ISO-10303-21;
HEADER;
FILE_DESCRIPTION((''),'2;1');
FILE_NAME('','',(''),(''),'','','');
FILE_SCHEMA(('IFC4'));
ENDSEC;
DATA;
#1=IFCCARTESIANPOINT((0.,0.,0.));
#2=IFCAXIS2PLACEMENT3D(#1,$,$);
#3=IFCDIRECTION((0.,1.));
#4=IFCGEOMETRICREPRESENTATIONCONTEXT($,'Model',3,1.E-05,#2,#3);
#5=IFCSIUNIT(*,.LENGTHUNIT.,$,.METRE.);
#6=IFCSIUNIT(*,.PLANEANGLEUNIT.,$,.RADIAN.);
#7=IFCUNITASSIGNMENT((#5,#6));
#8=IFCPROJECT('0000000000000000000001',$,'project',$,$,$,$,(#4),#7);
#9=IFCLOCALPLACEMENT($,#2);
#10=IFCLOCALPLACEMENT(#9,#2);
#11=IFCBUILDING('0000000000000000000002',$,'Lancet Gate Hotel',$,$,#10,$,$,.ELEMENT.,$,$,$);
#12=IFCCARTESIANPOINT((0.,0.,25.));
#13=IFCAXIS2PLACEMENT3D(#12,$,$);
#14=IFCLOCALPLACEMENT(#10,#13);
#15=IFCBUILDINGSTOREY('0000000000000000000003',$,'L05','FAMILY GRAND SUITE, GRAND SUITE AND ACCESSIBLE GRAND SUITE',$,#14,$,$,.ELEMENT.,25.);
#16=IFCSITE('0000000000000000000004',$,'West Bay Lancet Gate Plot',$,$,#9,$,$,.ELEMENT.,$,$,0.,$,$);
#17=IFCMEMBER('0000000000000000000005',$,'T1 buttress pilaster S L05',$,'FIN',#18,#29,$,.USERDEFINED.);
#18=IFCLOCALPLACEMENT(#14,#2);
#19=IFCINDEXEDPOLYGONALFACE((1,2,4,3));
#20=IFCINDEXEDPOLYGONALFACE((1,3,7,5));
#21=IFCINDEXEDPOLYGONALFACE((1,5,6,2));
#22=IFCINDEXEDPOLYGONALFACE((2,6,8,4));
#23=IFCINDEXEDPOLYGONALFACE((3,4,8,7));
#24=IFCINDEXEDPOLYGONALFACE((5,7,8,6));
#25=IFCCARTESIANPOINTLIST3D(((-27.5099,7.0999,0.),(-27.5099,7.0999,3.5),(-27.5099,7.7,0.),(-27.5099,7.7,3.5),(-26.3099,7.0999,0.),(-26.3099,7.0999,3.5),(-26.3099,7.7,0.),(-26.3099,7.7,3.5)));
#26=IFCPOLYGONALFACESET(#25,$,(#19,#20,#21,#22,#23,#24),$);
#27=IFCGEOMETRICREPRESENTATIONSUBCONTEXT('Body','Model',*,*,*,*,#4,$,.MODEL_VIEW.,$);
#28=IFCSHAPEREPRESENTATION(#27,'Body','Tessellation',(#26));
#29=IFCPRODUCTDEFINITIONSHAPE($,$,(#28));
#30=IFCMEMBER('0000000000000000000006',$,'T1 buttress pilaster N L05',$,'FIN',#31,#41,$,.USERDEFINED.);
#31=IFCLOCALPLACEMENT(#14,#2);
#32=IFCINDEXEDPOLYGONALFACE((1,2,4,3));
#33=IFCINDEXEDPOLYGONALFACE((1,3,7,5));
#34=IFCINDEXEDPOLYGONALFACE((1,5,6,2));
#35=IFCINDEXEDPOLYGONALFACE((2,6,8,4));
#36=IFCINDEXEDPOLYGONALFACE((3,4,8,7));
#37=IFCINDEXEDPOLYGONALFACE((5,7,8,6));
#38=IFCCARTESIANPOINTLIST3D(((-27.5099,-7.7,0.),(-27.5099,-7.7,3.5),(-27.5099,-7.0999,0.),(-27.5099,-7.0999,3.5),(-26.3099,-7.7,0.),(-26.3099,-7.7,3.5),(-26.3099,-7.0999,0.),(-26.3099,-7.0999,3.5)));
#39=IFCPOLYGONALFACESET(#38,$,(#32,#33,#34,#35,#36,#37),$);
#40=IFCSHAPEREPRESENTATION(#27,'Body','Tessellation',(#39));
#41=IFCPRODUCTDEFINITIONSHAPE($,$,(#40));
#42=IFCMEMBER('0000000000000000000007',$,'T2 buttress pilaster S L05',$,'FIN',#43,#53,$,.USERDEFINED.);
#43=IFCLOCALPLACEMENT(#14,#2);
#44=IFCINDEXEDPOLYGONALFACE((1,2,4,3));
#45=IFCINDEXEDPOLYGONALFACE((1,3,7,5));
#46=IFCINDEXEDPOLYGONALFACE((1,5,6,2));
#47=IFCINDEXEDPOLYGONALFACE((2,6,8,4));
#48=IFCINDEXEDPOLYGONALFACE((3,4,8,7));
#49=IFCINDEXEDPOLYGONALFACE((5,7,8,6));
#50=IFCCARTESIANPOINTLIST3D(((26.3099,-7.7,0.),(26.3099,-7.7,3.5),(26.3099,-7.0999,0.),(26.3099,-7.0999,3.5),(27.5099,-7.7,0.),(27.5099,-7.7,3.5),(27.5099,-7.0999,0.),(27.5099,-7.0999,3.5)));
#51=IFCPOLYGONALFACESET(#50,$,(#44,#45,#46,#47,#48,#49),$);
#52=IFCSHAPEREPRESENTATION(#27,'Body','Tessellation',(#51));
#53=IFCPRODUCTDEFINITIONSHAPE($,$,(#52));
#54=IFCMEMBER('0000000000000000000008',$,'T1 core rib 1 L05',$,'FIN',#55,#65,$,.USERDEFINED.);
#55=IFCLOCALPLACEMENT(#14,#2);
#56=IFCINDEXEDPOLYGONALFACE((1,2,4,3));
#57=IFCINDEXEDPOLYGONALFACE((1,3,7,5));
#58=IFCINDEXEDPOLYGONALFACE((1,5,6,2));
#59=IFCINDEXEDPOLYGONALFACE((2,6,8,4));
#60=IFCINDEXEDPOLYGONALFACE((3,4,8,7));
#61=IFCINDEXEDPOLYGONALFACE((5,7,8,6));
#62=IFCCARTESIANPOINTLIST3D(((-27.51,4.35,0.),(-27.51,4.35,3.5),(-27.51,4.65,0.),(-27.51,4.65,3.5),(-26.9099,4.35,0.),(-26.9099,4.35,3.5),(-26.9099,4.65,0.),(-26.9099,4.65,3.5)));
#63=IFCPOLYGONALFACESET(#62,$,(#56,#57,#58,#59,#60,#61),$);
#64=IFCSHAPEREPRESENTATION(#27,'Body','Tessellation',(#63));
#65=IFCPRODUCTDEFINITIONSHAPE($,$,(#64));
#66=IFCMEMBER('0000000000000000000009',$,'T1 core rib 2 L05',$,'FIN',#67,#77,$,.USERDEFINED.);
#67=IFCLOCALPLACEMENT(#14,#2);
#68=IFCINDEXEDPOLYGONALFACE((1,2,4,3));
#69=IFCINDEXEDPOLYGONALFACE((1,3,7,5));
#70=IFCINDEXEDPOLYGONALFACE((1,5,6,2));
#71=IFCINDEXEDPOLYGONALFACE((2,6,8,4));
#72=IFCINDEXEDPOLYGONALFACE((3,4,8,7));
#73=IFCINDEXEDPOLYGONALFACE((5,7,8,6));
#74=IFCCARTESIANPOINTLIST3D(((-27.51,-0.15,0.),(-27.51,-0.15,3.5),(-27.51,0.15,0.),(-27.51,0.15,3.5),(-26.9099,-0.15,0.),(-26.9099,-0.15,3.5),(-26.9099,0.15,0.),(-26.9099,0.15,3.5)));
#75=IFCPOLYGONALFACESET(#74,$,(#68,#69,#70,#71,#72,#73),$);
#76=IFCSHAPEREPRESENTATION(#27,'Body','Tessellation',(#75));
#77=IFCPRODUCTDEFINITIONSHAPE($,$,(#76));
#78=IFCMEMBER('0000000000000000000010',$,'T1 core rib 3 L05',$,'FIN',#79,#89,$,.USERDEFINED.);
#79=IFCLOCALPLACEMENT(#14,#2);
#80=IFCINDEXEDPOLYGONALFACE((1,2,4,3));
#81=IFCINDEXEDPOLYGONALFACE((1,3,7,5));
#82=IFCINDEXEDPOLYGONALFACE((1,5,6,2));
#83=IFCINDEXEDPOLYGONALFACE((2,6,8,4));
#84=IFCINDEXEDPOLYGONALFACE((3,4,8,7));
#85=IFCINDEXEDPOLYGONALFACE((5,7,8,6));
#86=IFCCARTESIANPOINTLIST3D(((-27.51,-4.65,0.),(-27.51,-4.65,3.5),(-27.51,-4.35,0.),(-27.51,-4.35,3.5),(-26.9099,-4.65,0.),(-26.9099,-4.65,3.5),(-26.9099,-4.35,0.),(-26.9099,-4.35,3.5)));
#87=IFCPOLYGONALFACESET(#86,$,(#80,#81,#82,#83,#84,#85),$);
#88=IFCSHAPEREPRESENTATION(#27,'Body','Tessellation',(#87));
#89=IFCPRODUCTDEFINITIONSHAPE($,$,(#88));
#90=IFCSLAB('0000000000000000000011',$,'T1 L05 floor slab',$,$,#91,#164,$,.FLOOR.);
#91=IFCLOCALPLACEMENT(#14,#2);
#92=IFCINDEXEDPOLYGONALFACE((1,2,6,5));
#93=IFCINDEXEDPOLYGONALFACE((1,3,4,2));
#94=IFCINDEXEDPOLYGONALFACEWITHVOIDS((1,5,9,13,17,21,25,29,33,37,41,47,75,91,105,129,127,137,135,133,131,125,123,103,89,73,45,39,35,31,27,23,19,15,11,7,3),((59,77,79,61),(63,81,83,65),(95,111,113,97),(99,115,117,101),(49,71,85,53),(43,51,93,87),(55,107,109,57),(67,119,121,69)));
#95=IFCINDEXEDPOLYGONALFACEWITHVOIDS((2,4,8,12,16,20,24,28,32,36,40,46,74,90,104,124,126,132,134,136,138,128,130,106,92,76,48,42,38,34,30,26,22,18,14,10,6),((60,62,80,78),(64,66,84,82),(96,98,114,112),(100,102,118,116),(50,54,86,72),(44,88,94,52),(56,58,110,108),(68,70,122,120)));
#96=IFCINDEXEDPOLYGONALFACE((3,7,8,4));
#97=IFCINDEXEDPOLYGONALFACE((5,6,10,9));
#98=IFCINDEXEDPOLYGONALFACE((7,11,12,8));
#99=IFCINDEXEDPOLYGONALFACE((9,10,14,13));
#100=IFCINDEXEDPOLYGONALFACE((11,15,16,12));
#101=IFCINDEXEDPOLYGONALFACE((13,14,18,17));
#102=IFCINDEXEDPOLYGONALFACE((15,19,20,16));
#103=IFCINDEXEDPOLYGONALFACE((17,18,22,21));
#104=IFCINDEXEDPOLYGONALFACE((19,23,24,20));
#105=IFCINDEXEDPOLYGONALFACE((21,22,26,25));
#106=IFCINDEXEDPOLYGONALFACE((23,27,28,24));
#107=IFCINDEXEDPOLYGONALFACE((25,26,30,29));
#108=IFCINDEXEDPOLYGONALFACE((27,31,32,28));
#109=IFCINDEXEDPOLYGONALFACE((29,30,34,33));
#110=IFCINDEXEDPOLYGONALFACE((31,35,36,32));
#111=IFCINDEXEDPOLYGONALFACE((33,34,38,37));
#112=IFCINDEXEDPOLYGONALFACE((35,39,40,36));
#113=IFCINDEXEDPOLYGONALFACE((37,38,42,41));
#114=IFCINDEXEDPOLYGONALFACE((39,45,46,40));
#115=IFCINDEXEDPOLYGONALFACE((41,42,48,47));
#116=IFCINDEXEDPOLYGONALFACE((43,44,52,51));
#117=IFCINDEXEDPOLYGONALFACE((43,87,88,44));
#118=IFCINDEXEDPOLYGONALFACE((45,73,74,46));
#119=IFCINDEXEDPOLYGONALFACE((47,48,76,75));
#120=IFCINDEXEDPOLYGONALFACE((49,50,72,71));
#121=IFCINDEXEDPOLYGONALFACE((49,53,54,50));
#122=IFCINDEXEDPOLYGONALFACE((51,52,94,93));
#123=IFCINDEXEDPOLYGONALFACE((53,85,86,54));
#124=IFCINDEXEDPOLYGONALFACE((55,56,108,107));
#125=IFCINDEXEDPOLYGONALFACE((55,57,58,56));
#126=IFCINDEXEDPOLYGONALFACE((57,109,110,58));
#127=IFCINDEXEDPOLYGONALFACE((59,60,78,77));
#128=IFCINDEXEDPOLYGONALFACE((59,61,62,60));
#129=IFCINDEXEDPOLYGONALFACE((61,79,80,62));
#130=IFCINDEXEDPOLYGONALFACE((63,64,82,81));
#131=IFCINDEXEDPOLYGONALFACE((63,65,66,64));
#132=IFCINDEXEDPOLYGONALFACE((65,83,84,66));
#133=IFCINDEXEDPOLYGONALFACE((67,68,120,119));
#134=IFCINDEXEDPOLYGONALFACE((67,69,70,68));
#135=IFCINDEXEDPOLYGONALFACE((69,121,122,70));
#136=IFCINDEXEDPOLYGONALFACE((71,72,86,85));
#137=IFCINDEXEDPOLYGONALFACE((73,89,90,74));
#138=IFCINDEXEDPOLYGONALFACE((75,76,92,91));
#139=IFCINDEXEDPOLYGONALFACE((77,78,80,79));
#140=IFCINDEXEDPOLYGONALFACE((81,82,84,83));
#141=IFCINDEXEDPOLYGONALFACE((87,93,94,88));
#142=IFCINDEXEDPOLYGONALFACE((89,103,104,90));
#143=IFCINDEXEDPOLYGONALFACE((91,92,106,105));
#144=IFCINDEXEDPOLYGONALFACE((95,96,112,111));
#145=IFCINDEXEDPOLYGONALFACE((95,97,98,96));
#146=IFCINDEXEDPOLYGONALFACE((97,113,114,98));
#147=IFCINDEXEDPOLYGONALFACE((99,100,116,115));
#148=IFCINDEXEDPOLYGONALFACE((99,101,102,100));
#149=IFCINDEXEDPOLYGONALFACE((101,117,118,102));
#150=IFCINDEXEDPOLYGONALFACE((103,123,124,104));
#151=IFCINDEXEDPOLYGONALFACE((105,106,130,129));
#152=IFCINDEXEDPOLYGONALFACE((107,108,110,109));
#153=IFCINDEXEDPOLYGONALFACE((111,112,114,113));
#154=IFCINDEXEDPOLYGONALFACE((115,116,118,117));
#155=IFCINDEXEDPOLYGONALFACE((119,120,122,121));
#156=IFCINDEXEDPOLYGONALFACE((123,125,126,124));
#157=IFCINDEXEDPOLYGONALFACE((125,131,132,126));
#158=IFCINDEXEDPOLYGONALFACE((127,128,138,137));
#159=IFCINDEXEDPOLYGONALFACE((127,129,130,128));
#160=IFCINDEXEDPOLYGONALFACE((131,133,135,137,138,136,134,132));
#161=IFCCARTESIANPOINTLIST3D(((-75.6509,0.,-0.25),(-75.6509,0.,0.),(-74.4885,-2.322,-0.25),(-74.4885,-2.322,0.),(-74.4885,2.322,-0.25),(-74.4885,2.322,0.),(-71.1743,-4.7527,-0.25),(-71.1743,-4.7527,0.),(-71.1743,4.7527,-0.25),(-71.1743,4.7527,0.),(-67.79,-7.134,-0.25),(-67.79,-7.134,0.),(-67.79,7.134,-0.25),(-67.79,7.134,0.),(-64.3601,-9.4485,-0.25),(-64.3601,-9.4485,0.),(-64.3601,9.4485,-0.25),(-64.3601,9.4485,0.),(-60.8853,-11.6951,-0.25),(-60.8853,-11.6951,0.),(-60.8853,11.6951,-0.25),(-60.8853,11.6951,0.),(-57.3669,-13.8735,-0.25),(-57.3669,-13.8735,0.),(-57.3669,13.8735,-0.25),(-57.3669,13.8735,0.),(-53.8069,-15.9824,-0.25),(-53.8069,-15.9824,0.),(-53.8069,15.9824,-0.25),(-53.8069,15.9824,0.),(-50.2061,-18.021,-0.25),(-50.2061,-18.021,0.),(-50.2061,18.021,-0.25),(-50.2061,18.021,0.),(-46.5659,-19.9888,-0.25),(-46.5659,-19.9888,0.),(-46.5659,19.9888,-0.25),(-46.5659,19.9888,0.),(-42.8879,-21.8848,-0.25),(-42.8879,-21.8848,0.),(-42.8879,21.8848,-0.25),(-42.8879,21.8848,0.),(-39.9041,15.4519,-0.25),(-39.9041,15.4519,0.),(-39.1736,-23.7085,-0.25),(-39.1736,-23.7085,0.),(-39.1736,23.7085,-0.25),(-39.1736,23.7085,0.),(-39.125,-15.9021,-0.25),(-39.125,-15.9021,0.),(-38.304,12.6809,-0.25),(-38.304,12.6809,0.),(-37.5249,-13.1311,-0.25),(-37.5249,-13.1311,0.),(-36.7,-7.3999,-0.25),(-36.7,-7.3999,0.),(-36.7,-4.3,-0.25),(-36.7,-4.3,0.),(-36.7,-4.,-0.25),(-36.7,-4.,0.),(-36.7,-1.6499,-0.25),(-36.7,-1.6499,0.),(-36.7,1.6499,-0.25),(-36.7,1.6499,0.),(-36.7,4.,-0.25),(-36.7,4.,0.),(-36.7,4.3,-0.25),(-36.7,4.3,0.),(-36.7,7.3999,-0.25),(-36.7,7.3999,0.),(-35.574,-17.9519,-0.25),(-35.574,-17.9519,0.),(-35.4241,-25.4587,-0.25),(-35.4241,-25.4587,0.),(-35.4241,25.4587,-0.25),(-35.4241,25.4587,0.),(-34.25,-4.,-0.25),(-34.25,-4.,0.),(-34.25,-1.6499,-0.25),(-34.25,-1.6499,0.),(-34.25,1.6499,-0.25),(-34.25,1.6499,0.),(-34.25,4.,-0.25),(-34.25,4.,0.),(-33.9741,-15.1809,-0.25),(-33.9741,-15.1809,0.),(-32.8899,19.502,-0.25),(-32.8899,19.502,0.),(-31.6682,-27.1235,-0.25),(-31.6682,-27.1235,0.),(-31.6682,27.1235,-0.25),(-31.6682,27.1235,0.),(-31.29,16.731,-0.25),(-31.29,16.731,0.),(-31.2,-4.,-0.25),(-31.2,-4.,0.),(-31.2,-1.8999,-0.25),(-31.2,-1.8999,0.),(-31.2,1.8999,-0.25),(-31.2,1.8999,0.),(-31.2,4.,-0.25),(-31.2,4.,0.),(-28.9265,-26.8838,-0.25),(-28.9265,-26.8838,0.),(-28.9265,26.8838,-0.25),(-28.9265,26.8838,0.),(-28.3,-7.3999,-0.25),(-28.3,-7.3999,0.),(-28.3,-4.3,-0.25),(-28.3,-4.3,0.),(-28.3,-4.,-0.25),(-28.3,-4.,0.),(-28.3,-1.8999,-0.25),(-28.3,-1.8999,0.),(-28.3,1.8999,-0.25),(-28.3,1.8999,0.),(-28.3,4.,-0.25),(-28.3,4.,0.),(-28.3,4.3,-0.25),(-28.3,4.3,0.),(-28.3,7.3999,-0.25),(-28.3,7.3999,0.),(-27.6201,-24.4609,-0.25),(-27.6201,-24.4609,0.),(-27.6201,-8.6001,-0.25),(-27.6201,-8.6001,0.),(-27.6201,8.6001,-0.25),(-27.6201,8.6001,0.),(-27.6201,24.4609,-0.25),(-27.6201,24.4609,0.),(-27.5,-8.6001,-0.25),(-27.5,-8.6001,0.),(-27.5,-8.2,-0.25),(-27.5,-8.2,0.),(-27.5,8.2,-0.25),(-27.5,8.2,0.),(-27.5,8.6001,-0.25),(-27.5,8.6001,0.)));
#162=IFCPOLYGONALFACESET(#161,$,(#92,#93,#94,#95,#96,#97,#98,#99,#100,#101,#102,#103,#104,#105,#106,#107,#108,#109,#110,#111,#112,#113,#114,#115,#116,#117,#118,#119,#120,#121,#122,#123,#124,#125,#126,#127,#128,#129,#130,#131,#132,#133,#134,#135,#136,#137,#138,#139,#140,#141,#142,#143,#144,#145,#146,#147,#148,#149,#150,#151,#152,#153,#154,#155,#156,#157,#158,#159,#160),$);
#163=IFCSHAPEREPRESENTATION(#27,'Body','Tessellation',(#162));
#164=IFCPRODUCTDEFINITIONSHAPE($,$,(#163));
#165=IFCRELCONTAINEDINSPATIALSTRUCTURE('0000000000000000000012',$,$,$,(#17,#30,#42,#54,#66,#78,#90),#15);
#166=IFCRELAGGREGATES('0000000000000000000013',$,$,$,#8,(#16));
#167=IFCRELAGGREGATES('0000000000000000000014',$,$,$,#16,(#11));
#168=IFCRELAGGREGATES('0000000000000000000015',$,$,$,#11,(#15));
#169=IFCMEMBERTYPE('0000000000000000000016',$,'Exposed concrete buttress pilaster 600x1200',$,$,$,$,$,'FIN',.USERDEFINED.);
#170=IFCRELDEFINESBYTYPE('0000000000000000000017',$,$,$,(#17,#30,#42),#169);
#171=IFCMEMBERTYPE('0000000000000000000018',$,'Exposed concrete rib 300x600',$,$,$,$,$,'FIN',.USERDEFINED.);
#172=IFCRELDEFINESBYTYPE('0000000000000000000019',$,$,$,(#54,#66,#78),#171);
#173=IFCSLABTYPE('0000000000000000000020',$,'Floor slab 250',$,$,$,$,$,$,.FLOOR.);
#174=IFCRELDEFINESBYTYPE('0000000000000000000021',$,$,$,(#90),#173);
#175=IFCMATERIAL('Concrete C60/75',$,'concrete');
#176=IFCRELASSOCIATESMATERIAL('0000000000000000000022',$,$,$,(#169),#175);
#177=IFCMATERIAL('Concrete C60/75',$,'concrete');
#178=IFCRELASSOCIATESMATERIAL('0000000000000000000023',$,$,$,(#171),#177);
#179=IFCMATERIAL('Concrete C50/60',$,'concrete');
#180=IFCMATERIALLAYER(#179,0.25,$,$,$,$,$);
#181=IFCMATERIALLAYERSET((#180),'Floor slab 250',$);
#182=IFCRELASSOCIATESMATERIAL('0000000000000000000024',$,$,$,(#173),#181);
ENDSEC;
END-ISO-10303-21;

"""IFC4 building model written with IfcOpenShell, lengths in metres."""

from ifc_helpers import new_model, si_unit, direction, frame, origin, origin_2d, place, context, subcontext, project, spatial, polyline, rectangle, outline, extrude, material, layer, layer_set, material_profile, profile_set, type_object, element, save


model = new_model("IFC4")

# Units and contexts
model_context = context("Model", 3, precision=1e-05, world=origin(), true_north=direction((0.0, 1.0)))
body_context = subcontext(model_context, "Body", "Model", "MODEL_VIEW")
ifc_project = project(units=[si_unit("LENGTHUNIT", "METRE"), si_unit("PLANEANGLEUNIT", "RADIAN")], contexts=[model_context])

# Site, building, storey
site_placement = place(None, origin())
site = spatial("IfcSite", under=ifc_project, at=site_placement, Name="West Bay Lancet Gate Plot", CompositionType="ELEMENT", RefElevation=0.0)
building_placement = place(site_placement, origin())
building = spatial("IfcBuilding", under=site, at=building_placement, Name="Lancet Gate Hotel", CompositionType="ELEMENT")
storey_placement = place(building_placement, frame((0.0, 0.0, 25.0)))
storey = spatial("IfcBuildingStorey", under=building, at=storey_placement, Name="L05", Description="FAMILY GRAND SUITE, GRAND SUITE AND ACCESSIBLE GRAND SUITE", CompositionType="ELEMENT", Elevation=25.0)

# Members
ifc_material_1 = material(Name="Concrete C60/75", Category="concrete")
ifc_material_profile_1 = material_profile(ifc_material_1, rectangle(XDim=0.6001, YDim=1.2, at=origin_2d()), Name="FIN 600x1200")
ifc_profile_set_1 = profile_set([ifc_material_profile_1], Name="Concrete C60/75")
member_type_1 = type_object("IfcMemberType", Name="Exposed concrete buttress pilaster 600x1200", ElementType="FIN", PredefinedType="USERDEFINED", material=ifc_profile_set_1)
for number, where, z_axis, x_axis, name in (
    (1, (-26.9099, 7.3999, 0.0), (0.0, 0.0, 1.0), (0.0, 1.0, 0.0), "T1 buttress pilaster S L05"),
    (2, (-26.9099, -7.3999, 0.0), (0.0, 0.0, 1.0), (0.0, 1.0, 0.0), "T1 buttress pilaster N L05"),
    (3, (26.9099, -7.3999, 0.0), (0.0, 0.0, 1.0), (0.0, 1.0, 0.0), "T2 buttress pilaster S L05"),
):
    element("IfcMember", number, at=place(storey_placement, frame(where, z_axis=z_axis, x_axis=x_axis)), inside=storey, type_object=member_type_1, Name=name, ObjectType="FIN", PredefinedType="USERDEFINED", context=body_context, shape_type="SweptSolid", body=[
        extrude(rectangle(XDim=0.6001, YDim=1.2, at=origin_2d()), origin(), (0.0, 0.0, 1.0), 3.5),
    ])
ifc_material_2 = material(Name="Concrete C60/75", Category="concrete")
ifc_material_profile_2 = material_profile(ifc_material_2, rectangle(XDim=0.3, YDim=0.6001, at=origin_2d()), Name="FIN 300x600")
ifc_profile_set_2 = profile_set([ifc_material_profile_2], Name="Concrete C60/75")
member_type_2 = type_object("IfcMemberType", Name="Exposed concrete rib 300x600", ElementType="FIN", PredefinedType="USERDEFINED", material=ifc_profile_set_2)
for number, where, z_axis, x_axis, name in (
    (4, (-27.21, 4.5, 0.0), (0.0, 0.0, 1.0), (0.0, 1.0, 0.0), "T1 core rib 1 L05"),
    (5, (-27.21, 0.0, 0.0), (0.0, 0.0, 1.0), (0.0, 1.0, 0.0), "T1 core rib 2 L05"),
    (6, (-27.21, -4.5, 0.0), (0.0, 0.0, 1.0), (0.0, 1.0, 0.0), "T1 core rib 3 L05"),
):
    element("IfcMember", number, at=place(storey_placement, frame(where, z_axis=z_axis, x_axis=x_axis)), inside=storey, type_object=member_type_2, Name=name, ObjectType="FIN", PredefinedType="USERDEFINED", context=body_context, shape_type="SweptSolid", body=[
        extrude(rectangle(XDim=0.3, YDim=0.6001, at=origin_2d()), origin(), (0.0, 0.0, 1.0), 3.5),
    ])

# Slab
ifc_material_3 = material(Name="Concrete C50/60", Category="concrete")
ifc_layer_1 = layer(ifc_material_3, 0.25)
ifc_layer_set_1 = layer_set([ifc_layer_1], Name="Floor slab 250")
slab_type_1 = type_object("IfcSlabType", Name="Floor slab 250", PredefinedType="FLOOR", material=ifc_layer_set_1)
slab_1_placement = place(storey_placement, frame((0.0, 0.0, -0.25)))
element("IfcSlab", 7, at=slab_1_placement, inside=storey, type_object=slab_type_1, Name="T1 L05 floor slab", PredefinedType="FLOOR", context=body_context, shape_type="SweptSolid", body=[
    extrude(outline(polyline([(-27.5, 8.6001), (-27.6201, 8.6001), (-27.6201, 24.4609), (-28.9265, 26.8838), (-31.6682, 27.1235), (-35.4241, 25.4587), (-39.1736, 23.7085), (-42.8879, 21.8848), (-46.5659, 19.9888), (-50.2061, 18.021), (-53.8069, 15.9824), (-57.3669, 13.8735), (-60.8853, 11.6951), (-64.3601, 9.4485), (-67.79, 7.134), (-71.1743, 4.7527), (-74.4885, 2.322), (-75.6509, 0.0), (-74.4885, -2.322), (-71.1743, -4.7527), (-67.79, -7.134), (-64.3601, -9.4485), (-60.8853, -11.6951), (-57.3669, -13.8735), (-53.8069, -15.9824), (-50.2061, -18.021), (-46.5659, -19.9888), (-42.8879, -21.8848), (-39.1736, -23.7085), (-35.4241, -25.4587), (-31.6682, -27.1235), (-28.9265, -26.8838), (-27.6201, -24.4609), (-27.6201, -8.6001), (-27.5, -8.6001), (-27.5, -8.2), (-27.5, 8.2), (-27.5, 8.6001)]), holes=[polyline([(-36.7, 7.3999), (-36.7, 4.3), (-28.3, 4.3), (-28.3, 7.3999), (-36.7, 7.3999)]), polyline([(-28.3, 4.0), (-31.2, 4.0), (-31.2, 1.8999), (-28.3, 1.8999), (-28.3, 4.0)]), polyline([(-34.25, 4.0), (-36.7, 4.0), (-36.7, 1.6499), (-34.25, 1.6499), (-34.25, 4.0)]), polyline([(-36.7, -1.6499), (-36.7, -4.0), (-34.25, -4.0), (-34.25, -1.6499), (-36.7, -1.6499)]), polyline([(-28.3, -1.8999), (-31.2, -1.8999), (-31.2, -4.0), (-28.3, -4.0), (-28.3, -1.8999)]), polyline([(-28.3, -4.3), (-36.7, -4.3), (-36.7, -7.3999), (-28.3, -7.3999), (-28.3, -4.3)]), polyline([(-31.29, 16.731), (-32.8899, 19.502), (-39.9041, 15.4519), (-38.304, 12.6809), (-31.29, 16.731)]), polyline([(-33.9741, -15.1809), (-37.5249, -13.1311), (-39.125, -15.9021), (-35.574, -17.9519), (-33.9741, -15.1809)])]), origin(), (0.0, 0.0, 1.0), 0.25),
])

save(model, "model.ifc")
